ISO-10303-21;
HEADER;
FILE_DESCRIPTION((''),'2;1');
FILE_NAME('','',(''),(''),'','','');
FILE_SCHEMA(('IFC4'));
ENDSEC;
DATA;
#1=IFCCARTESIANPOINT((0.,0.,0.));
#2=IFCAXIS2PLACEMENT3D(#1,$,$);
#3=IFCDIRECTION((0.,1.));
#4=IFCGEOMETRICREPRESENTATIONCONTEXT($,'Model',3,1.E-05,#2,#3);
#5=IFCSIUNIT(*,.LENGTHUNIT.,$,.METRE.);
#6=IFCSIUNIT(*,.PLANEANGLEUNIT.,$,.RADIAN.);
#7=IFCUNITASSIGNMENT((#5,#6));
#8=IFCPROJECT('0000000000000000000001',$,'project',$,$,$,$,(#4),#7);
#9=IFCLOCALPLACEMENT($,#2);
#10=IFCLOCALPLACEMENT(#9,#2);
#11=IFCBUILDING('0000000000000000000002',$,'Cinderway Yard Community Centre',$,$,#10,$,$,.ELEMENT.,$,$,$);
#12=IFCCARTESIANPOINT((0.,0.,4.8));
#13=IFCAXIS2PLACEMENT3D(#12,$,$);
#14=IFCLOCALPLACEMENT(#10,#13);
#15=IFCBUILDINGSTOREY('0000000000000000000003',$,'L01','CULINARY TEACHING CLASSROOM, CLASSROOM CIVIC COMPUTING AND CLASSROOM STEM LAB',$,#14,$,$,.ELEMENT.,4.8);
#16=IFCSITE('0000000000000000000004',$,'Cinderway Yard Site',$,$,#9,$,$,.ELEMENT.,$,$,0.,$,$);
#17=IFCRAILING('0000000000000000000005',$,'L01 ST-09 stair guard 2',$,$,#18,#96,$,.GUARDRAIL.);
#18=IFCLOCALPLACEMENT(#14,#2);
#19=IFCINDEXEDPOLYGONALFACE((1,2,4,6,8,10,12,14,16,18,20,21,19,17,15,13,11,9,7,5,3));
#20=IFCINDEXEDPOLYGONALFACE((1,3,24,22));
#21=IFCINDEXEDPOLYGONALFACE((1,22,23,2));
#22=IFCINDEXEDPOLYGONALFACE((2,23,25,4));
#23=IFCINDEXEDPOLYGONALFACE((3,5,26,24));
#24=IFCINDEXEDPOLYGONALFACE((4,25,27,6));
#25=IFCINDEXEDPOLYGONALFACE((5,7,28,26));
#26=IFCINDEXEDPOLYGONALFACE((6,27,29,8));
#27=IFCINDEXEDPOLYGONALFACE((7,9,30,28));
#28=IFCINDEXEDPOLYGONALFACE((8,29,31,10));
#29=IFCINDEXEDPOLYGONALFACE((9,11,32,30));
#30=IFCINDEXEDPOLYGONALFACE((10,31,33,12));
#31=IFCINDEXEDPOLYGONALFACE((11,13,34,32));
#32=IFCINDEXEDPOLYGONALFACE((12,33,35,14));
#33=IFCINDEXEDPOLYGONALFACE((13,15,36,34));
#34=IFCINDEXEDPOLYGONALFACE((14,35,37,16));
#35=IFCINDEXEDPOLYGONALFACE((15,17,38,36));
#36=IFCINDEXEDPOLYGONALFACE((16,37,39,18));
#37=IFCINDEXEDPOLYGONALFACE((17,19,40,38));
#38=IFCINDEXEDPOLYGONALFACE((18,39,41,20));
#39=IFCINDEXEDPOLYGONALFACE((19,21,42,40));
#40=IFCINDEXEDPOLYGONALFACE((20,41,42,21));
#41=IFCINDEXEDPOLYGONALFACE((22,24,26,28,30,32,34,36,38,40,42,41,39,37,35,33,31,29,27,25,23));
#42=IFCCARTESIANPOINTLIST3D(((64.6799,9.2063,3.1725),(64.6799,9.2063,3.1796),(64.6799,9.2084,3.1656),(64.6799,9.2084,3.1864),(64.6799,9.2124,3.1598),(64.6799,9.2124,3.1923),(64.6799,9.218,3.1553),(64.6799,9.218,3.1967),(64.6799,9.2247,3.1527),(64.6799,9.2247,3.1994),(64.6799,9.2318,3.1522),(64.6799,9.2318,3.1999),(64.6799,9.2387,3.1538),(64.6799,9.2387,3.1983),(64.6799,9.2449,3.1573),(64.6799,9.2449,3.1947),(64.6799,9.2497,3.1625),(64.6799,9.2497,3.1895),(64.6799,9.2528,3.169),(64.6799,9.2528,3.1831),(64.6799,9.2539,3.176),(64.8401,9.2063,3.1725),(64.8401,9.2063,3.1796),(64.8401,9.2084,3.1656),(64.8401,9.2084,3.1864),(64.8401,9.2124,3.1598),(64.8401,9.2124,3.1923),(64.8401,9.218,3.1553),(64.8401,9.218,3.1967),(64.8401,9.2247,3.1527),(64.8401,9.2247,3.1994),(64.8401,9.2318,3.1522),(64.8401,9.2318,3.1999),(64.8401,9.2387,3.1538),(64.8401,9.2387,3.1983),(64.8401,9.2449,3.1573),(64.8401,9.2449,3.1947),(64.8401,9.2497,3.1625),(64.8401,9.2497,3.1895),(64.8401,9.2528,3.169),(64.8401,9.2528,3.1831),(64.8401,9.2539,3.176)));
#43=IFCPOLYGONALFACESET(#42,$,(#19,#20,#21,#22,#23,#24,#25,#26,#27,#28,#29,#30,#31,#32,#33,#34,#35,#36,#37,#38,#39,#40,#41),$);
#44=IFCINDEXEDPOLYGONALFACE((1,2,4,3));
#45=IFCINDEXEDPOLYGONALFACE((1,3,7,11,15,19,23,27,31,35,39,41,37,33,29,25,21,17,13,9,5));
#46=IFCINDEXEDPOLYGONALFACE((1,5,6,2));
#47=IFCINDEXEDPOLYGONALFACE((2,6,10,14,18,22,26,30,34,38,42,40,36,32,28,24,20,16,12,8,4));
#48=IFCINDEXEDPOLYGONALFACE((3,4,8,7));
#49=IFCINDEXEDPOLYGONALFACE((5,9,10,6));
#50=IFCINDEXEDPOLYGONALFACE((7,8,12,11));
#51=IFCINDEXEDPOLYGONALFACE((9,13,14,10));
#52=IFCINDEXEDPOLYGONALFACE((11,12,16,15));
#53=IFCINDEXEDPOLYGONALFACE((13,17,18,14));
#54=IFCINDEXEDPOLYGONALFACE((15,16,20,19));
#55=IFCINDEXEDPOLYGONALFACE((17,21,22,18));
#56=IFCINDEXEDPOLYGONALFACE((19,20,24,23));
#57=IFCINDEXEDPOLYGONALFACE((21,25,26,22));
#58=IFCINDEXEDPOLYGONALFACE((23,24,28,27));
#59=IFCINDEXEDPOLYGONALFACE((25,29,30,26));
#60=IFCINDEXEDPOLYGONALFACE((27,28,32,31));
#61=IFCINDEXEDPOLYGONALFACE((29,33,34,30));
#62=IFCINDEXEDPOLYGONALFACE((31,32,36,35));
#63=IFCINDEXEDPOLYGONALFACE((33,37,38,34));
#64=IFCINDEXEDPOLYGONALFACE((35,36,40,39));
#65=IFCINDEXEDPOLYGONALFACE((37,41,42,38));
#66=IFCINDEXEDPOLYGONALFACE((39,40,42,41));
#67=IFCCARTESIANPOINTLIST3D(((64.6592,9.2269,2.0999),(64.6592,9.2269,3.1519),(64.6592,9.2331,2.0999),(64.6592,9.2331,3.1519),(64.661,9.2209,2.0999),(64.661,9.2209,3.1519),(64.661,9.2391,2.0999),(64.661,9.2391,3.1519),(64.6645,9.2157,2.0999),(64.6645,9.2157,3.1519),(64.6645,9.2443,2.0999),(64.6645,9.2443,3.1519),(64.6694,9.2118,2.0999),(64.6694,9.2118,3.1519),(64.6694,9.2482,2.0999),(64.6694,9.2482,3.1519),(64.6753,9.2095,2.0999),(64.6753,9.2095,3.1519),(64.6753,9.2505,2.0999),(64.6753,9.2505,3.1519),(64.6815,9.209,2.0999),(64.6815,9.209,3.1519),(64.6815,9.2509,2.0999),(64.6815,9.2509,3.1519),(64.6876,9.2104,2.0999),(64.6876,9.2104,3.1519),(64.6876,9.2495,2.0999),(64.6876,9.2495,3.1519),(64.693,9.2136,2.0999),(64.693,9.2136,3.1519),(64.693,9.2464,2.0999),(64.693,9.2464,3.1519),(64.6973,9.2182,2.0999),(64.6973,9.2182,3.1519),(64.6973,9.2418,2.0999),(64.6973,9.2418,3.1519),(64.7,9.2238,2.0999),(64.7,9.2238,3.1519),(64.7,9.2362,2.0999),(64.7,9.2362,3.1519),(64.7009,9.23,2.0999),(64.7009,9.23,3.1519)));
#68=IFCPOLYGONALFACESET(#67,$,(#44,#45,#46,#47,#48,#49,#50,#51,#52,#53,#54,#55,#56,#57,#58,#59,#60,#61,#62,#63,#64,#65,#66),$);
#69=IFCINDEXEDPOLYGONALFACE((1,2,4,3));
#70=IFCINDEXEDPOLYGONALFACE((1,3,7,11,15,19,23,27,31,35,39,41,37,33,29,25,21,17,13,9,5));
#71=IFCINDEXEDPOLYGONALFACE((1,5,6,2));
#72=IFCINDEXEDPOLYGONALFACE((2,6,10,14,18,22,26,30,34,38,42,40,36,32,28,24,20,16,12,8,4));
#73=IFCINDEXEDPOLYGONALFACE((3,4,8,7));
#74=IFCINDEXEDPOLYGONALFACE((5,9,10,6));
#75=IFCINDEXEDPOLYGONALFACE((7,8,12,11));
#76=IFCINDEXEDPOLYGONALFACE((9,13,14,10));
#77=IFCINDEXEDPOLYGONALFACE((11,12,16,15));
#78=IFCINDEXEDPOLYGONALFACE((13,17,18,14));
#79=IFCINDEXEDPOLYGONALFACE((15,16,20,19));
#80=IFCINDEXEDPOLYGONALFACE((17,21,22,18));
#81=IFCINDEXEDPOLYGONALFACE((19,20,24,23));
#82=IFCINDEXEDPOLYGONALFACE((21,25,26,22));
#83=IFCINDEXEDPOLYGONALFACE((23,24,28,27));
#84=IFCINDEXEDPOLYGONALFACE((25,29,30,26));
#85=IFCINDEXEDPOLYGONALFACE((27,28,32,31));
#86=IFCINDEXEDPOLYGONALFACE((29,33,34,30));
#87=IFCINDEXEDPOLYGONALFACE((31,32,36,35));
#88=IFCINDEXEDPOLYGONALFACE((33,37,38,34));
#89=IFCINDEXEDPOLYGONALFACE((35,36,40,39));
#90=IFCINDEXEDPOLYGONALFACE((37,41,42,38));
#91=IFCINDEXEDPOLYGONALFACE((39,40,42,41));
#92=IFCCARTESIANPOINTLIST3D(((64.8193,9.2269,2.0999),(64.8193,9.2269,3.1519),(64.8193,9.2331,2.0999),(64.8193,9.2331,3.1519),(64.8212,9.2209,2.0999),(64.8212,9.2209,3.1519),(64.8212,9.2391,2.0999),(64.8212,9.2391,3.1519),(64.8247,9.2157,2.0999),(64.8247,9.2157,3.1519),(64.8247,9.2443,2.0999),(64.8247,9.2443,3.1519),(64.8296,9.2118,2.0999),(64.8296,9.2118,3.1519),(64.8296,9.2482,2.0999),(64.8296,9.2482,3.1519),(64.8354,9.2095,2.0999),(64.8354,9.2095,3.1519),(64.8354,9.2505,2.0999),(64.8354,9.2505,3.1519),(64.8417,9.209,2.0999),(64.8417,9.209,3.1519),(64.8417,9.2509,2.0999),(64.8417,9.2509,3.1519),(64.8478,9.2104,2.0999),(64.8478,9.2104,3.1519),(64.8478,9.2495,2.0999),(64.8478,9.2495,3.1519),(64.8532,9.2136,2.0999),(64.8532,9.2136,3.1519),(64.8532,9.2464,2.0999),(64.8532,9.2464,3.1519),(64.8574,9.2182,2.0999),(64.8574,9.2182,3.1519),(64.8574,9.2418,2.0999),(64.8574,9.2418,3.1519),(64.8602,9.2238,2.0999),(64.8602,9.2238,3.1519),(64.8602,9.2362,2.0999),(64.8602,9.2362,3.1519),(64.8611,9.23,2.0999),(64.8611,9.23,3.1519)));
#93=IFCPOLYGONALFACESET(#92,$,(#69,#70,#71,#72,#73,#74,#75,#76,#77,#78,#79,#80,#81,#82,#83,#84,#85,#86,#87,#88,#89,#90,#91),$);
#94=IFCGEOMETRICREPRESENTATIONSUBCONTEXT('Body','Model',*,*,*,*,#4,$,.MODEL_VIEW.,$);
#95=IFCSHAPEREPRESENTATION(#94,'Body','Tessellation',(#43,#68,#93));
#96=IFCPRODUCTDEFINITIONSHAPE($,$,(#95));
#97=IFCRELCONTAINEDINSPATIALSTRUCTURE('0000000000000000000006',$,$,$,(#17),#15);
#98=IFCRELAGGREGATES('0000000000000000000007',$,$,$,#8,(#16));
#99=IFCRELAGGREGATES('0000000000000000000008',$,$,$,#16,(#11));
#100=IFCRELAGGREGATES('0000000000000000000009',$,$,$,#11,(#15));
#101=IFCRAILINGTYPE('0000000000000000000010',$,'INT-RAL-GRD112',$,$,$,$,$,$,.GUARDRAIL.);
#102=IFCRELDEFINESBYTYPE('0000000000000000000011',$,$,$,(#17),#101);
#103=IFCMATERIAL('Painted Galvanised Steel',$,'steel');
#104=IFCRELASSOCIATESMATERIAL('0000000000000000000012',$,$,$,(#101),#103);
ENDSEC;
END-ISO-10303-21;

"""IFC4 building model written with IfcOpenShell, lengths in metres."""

from ifc_helpers import new_model, si_unit, direction, frame, origin, origin_2d, place, context, subcontext, project, spatial, circle, extrude, material, type_object, element, save


model = new_model("IFC4")

# Units and contexts
model_context = context("Model", 3, precision=1e-05, world=origin(), true_north=direction((0.0, 1.0)))
body_context = subcontext(model_context, "Body", "Model", "MODEL_VIEW")
ifc_project = project(units=[si_unit("LENGTHUNIT", "METRE"), si_unit("PLANEANGLEUNIT", "RADIAN")], contexts=[model_context])

# Site, building, storey
site_placement = place(None, origin())
site = spatial("IfcSite", under=ifc_project, at=site_placement, Name="Cinderway Yard Site", CompositionType="ELEMENT", RefElevation=0.0)
building_placement = place(site_placement, origin())
building = spatial("IfcBuilding", under=site, at=building_placement, Name="Cinderway Yard Community Centre", CompositionType="ELEMENT")
storey_placement = place(building_placement, frame((0.0, 0.0, 4.8)))
storey = spatial("IfcBuildingStorey", under=building, at=storey_placement, Name="L01", Description="CULINARY TEACHING CLASSROOM, CLASSROOM CIVIC COMPUTING AND CLASSROOM STEM LAB", CompositionType="ELEMENT", Elevation=4.8)

# Shared definitions
ifc_material_1 = material(Name="Painted Galvanised Steel", Category="steel")

# Railing
railing_type_1 = type_object("IfcRailingType", Name="INT-RAL-GRD112", PredefinedType="GUARDRAIL", material=ifc_material_1)
railing_1_placement = place(storey_placement, frame((64.6799, 9.23, 2.0999)))
element("IfcRailing", 1, at=railing_1_placement, inside=storey, type_object=railing_type_1, Name="L01 ST-09 stair guard 2", PredefinedType="GUARDRAIL", context=body_context, shape_type="SweptSolid", body=[
    extrude(circle(Radius=0.0239, at=origin_2d()), frame((0.0, 0.0, 1.0762), z_axis=(1.0, 0.0, 0.0), x_axis=(0.0, 1.0, 0.0)), (0.0, 0.0, 1.0), 0.1602),
    extrude(circle(Radius=0.021, at=origin_2d()), origin(), (0.0, 0.0, 1.0), 1.052),
    extrude(circle(Radius=0.021, at=origin_2d()), frame((0.1602, 0.0, 0.0)), (0.0, 0.0, 1.0), 1.052),
])

save(model, "model.ifc")
